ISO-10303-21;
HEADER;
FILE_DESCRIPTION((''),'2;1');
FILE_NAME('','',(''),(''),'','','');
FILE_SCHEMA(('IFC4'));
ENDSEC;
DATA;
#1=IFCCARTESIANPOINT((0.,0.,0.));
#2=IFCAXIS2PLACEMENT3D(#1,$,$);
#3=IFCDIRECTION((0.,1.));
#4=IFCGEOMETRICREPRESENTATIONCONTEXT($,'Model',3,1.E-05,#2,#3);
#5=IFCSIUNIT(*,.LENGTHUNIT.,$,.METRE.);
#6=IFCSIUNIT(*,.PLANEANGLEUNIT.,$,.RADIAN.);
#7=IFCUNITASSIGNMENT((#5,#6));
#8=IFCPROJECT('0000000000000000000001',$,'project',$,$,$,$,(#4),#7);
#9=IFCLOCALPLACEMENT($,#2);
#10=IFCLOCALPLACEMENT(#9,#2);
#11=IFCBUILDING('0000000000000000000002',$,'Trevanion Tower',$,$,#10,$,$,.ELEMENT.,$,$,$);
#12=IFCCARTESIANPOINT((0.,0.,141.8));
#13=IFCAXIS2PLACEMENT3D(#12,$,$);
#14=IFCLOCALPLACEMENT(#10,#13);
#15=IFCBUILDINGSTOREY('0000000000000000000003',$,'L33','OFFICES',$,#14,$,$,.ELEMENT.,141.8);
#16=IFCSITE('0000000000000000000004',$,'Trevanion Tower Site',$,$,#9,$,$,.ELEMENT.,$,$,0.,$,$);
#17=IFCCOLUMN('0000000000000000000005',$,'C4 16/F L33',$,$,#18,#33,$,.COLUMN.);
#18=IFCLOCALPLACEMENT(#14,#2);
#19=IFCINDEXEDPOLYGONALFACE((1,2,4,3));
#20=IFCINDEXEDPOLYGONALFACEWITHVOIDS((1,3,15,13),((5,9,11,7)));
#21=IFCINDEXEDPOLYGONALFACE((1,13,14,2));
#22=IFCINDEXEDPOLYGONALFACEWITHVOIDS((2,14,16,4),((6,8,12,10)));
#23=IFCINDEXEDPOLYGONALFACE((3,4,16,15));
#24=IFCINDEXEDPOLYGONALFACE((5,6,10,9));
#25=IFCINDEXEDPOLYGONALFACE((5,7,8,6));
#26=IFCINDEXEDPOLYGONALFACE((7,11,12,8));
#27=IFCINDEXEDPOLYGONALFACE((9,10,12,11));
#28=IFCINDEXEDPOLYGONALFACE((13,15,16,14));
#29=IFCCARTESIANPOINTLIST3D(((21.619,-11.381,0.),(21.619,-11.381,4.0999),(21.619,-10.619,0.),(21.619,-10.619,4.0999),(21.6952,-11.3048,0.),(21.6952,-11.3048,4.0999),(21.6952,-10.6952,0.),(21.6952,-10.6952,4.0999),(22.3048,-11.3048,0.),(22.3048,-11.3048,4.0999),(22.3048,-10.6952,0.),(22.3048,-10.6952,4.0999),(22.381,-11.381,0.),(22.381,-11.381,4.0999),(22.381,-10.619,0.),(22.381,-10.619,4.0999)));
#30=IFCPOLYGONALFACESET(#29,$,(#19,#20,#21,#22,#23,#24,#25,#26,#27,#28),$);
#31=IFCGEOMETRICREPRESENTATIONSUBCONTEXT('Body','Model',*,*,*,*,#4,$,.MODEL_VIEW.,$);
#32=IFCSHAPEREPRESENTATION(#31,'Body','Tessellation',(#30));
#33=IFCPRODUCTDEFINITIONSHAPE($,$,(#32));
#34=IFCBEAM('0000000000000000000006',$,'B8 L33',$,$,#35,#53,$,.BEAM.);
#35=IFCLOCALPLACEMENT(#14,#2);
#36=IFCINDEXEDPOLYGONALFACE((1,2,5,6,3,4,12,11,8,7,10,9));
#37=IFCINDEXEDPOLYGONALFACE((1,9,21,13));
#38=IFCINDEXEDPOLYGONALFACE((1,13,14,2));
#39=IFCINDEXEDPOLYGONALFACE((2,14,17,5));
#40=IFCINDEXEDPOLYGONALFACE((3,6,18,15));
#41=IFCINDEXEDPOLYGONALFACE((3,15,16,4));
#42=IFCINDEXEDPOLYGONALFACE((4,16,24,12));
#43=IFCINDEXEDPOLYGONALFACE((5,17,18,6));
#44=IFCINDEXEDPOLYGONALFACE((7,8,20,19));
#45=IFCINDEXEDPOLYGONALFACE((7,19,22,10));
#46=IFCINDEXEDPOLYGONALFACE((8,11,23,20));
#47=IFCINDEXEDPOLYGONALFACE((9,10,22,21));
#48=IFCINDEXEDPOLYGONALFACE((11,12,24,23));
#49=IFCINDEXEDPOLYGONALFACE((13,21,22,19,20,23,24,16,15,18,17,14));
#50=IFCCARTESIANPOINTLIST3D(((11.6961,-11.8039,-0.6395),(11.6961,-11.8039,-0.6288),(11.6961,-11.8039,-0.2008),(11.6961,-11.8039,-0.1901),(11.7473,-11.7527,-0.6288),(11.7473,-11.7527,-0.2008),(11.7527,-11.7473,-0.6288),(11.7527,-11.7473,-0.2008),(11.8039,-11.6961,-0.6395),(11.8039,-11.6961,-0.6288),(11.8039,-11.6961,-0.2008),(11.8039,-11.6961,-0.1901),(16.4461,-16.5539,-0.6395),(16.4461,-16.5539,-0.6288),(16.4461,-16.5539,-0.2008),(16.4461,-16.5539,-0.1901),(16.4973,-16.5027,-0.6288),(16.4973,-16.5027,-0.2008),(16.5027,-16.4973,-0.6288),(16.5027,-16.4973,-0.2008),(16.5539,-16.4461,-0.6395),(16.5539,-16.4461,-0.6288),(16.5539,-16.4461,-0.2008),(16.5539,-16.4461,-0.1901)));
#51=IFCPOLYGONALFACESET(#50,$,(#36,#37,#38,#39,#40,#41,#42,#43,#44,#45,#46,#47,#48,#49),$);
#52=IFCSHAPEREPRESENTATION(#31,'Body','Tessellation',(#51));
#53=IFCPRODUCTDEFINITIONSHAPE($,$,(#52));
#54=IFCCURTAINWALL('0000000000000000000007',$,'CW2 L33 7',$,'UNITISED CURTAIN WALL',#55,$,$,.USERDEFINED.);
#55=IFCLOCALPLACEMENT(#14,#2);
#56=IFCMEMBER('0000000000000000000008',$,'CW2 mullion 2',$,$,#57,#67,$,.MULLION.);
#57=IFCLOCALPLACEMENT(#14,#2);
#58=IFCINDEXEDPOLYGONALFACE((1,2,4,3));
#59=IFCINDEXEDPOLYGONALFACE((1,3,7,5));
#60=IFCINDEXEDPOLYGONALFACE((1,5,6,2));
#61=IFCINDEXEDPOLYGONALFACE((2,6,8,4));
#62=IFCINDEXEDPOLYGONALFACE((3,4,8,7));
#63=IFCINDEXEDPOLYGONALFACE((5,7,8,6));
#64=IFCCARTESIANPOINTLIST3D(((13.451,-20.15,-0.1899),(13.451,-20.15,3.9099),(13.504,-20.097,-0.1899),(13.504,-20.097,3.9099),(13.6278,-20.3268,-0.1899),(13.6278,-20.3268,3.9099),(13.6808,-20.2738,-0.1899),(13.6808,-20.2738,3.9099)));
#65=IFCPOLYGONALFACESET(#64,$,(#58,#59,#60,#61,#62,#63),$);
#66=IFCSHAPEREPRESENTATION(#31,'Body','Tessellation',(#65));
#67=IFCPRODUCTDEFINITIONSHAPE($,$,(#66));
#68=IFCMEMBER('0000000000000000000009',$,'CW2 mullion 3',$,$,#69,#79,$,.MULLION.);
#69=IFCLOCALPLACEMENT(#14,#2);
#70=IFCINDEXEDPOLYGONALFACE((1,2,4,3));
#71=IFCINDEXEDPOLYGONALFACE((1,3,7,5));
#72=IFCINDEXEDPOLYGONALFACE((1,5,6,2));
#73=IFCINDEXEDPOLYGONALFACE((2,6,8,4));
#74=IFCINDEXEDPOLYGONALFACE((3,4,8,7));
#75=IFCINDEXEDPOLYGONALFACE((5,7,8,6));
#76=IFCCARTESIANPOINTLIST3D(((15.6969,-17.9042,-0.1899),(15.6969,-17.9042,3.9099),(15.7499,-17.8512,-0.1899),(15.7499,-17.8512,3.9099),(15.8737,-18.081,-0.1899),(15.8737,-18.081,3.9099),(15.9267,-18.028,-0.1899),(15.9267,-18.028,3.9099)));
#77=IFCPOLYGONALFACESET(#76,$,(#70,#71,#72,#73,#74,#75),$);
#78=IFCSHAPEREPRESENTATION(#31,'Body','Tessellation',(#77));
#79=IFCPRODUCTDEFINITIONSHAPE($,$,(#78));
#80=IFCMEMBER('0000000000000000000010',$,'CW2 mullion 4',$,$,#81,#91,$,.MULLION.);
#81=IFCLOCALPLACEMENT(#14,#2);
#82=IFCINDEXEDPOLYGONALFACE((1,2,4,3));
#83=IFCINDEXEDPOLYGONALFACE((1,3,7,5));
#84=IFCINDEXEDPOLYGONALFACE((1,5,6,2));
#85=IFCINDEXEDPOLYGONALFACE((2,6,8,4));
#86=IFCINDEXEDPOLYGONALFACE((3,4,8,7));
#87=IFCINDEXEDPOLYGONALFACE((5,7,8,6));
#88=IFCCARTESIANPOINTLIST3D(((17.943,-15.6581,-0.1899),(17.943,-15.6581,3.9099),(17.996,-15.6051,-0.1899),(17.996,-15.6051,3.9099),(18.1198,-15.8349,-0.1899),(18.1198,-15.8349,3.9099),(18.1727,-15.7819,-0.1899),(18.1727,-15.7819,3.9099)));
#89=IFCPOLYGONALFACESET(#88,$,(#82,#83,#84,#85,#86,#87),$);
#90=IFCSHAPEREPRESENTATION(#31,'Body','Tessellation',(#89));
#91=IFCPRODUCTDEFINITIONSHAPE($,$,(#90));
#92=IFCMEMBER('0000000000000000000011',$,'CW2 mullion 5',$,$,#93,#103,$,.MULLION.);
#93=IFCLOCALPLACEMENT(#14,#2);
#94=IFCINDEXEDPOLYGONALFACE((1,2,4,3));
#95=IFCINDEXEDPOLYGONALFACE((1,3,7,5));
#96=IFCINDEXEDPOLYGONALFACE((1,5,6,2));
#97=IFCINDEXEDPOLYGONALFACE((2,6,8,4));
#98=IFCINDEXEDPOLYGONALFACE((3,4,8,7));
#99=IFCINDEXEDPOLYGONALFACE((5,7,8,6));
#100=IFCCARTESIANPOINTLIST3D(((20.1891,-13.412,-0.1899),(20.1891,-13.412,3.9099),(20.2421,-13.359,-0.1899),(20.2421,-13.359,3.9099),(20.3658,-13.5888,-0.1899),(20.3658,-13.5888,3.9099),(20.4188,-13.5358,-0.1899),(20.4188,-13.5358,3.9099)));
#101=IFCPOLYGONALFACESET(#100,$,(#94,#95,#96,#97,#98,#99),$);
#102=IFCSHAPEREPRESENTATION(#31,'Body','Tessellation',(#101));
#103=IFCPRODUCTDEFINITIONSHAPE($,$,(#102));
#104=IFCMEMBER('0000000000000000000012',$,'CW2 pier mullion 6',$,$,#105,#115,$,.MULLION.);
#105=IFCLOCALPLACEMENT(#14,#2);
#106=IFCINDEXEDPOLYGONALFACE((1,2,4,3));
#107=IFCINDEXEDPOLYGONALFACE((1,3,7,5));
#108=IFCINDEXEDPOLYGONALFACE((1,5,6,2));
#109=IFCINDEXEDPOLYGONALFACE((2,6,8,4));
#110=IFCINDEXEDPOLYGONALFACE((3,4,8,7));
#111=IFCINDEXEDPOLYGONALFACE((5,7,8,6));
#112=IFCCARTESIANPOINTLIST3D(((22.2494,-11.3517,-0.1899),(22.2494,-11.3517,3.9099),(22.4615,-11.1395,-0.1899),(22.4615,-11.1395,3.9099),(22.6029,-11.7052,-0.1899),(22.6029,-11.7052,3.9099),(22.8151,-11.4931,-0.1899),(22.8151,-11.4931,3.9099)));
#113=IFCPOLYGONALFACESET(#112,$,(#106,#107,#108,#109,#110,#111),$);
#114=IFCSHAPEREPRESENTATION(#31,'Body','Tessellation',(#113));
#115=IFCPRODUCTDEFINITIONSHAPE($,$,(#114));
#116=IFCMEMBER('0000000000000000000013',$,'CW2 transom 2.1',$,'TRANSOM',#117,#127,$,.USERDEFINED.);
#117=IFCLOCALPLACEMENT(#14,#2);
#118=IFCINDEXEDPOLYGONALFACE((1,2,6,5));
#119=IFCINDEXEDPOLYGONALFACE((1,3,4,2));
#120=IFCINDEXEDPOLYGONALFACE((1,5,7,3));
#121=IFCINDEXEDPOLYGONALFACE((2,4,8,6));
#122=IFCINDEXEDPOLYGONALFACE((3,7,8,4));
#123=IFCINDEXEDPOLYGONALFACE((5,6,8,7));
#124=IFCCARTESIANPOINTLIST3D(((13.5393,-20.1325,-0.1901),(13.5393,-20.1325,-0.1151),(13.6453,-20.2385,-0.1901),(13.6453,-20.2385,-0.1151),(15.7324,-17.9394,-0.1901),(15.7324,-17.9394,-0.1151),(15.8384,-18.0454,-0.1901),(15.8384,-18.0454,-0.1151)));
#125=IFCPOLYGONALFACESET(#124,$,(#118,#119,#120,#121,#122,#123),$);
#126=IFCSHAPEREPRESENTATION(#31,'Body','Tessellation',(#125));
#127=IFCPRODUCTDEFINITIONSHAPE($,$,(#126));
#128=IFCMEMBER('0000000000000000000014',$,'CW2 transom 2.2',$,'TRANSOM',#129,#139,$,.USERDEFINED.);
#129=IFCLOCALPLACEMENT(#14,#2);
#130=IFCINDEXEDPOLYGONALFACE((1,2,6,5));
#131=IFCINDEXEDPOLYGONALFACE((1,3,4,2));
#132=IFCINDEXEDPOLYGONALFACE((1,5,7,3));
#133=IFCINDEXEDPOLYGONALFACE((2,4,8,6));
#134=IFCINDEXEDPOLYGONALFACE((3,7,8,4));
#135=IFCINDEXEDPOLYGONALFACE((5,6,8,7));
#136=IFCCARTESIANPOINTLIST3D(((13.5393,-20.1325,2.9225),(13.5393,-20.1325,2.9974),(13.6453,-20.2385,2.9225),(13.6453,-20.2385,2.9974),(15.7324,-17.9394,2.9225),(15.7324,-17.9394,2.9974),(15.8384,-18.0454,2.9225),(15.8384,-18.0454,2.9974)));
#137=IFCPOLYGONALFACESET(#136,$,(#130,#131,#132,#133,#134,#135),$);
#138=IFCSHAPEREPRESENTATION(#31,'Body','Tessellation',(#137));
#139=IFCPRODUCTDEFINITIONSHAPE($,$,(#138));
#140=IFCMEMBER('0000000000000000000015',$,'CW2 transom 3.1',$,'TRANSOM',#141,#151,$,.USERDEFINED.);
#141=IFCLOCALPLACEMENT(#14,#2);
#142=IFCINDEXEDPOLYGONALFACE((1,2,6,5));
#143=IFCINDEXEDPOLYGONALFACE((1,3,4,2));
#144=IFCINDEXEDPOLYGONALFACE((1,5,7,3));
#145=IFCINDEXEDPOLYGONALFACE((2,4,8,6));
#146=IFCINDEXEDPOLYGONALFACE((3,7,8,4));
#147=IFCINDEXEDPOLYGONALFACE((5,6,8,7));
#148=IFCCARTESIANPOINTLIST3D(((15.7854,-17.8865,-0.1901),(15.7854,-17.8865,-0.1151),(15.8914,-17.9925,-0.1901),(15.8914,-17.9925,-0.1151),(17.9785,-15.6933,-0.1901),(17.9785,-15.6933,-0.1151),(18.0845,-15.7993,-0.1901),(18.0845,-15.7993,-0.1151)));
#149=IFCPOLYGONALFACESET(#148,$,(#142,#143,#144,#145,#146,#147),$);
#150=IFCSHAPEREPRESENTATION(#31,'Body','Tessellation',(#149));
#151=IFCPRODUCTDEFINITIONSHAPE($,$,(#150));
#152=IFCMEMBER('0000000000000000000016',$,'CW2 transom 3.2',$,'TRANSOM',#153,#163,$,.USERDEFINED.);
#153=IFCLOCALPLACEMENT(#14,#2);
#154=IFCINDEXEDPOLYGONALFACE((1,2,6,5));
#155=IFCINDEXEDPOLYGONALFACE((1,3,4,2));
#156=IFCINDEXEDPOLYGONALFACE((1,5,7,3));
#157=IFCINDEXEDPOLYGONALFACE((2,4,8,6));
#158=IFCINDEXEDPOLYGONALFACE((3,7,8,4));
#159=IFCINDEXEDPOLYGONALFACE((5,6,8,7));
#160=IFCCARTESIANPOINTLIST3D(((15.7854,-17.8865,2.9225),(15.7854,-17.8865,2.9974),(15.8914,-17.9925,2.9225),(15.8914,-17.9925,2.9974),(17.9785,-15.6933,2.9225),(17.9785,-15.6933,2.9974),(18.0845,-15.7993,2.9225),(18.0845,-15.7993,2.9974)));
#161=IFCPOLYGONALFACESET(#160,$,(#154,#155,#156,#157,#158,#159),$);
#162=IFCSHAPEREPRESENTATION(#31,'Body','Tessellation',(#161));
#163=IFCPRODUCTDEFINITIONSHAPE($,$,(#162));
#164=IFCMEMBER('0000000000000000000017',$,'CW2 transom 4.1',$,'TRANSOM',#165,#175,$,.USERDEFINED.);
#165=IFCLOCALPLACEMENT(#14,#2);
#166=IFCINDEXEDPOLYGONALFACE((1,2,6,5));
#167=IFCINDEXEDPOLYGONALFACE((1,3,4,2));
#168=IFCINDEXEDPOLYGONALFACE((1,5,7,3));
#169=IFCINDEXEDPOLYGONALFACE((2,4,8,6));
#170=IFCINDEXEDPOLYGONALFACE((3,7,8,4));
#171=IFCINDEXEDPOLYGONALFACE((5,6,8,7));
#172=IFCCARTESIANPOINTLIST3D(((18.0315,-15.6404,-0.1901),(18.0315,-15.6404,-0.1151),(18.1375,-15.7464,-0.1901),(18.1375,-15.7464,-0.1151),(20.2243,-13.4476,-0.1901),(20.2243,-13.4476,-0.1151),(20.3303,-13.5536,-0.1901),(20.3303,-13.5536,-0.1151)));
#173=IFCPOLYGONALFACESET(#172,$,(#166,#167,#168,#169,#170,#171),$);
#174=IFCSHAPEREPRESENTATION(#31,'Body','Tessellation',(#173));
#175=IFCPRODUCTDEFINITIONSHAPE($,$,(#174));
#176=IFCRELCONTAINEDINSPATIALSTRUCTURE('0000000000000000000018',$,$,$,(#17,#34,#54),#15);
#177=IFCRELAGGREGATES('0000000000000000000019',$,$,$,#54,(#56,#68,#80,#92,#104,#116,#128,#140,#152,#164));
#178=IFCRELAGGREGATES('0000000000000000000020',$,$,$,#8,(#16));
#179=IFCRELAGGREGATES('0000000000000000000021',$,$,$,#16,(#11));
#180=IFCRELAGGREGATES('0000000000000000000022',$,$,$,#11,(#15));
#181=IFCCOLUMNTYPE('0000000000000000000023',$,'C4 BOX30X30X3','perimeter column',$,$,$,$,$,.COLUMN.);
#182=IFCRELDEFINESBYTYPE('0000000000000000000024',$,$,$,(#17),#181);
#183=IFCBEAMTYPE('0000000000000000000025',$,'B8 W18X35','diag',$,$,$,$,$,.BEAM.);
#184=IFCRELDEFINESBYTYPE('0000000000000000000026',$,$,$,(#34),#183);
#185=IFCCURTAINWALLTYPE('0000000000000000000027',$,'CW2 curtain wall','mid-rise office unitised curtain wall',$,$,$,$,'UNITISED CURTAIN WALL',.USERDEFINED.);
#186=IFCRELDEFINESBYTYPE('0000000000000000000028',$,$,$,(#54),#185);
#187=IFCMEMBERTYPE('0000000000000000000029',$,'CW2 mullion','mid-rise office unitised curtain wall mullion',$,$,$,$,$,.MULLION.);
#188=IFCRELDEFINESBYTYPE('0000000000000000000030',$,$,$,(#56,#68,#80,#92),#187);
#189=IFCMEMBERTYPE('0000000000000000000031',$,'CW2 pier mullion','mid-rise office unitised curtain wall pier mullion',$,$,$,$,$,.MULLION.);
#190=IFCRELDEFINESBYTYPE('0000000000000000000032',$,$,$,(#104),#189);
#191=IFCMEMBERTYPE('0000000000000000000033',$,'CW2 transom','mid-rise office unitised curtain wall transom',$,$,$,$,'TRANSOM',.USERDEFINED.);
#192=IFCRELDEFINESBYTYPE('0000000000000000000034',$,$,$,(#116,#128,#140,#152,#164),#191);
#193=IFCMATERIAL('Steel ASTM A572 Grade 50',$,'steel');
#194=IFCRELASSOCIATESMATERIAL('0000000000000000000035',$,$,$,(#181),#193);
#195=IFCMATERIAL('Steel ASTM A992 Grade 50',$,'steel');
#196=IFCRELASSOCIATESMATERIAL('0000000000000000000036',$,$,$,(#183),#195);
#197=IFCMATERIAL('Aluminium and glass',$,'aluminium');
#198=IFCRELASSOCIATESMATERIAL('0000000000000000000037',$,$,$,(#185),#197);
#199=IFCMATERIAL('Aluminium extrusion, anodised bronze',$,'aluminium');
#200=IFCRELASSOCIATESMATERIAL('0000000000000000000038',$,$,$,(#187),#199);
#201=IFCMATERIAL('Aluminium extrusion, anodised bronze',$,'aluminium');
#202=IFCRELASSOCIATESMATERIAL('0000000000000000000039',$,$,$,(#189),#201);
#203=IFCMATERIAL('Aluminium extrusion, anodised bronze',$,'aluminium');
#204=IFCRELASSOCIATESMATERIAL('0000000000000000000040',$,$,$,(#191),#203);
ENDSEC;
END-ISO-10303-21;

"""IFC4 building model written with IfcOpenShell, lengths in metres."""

from ifc_helpers import new_model, si_unit, direction, frame, origin, origin_2d, place, context, subcontext, project, spatial, rectangle, hollow_rectangle, i_section, extrude, material, material_profile, profile_set, type_object, element, aggregate, save


model = new_model("IFC4")

# Units and contexts
model_context = context("Model", 3, precision=1e-05, world=origin(), true_north=direction((0.0, 1.0)))
body_context = subcontext(model_context, "Body", "Model", "MODEL_VIEW")
ifc_project = project(units=[si_unit("LENGTHUNIT", "METRE"), si_unit("PLANEANGLEUNIT", "RADIAN")], contexts=[model_context])

# Site, building, storey
site_placement = place(None, origin())
site = spatial("IfcSite", under=ifc_project, at=site_placement, Name="Trevanion Tower Site", CompositionType="ELEMENT", RefElevation=0.0)
building_placement = place(site_placement, origin())
building = spatial("IfcBuilding", under=site, at=building_placement, Name="Trevanion Tower", CompositionType="ELEMENT")
storey_placement = place(building_placement, frame((0.0, 0.0, 141.8)))
storey = spatial("IfcBuildingStorey", under=building, at=storey_placement, Name="L33", Description="OFFICES", CompositionType="ELEMENT", Elevation=141.8)

# Column
ifc_material_1 = material(Name="Steel ASTM A572 Grade 50", Category="steel")
ifc_material_profile_1 = material_profile(ifc_material_1, hollow_rectangle(XDim=0.762, YDim=0.762, WallThickness=0.0762, at=origin_2d()), Name="BOX30X30X3")
ifc_profile_set_1 = profile_set([ifc_material_profile_1], Name="Steel ASTM A572 Grade 50")
column_type = type_object("IfcColumnType", Name="C4 BOX30X30X3", Description="perimeter column", PredefinedType="COLUMN", material=ifc_profile_set_1)
column_placement = place(storey_placement, frame((22.0, -11.0, 0.0), z_axis=(0.0, 0.0, 1.0), x_axis=(0.0, 1.0, 0.0)))
element("IfcColumn", 1, at=column_placement, inside=storey, type_object=column_type, Name="C4 16/F L33", PredefinedType="COLUMN", context=body_context, shape_type="SweptSolid", body=[
    extrude(hollow_rectangle(XDim=0.762, YDim=0.762, WallThickness=0.0762, at=origin_2d()), origin(), (0.0, 0.0, 1.0), 4.0999),
])

# Beam
ifc_material_2 = material(Name="Steel ASTM A992 Grade 50", Category="steel")
ifc_material_profile_2 = material_profile(ifc_material_2, i_section(OverallWidth=0.1523, OverallDepth=0.4495, WebThickness=0.0076, FlangeThickness=0.0107, at=origin_2d()), Name="W18X35")
ifc_profile_set_2 = profile_set([ifc_material_profile_2], Name="Steel ASTM A992 Grade 50")
beam_type_1 = type_object("IfcBeamType", Name="B8 W18X35", Description="diag", PredefinedType="BEAM", material=ifc_profile_set_2)
beam_1_placement = place(storey_placement, frame((11.75, -11.75, -0.4148), z_axis=(0.707107, -0.707107, 0.0), x_axis=(0.707107, 0.707107, 0.0)))
element("IfcBeam", 2, at=beam_1_placement, inside=storey, type_object=beam_type_1, Name="B8 L33", PredefinedType="BEAM", context=body_context, shape_type="SweptSolid", body=[
    extrude(i_section(OverallWidth=0.1523, OverallDepth=0.4495, WebThickness=0.0076, FlangeThickness=0.0107, at=origin_2d()), origin(), (0.0, 0.0, 1.0), 6.7175),
])

# Curtain wall, members
ifc_material_3 = material(Name="Aluminium and glass", Category="aluminium")
curtain_wall_type = type_object("IfcCurtainWallType", Name="CW2 curtain wall", Description="mid-rise office unitised curtain wall", ElementType="UNITISED CURTAIN WALL", PredefinedType="USERDEFINED", material=ifc_material_3)
curtain_wall_placement = place(storey_placement, origin())
curtain_wall = element("IfcCurtainWall", 3, at=curtain_wall_placement, inside=storey, type_object=curtain_wall_type, Name="CW2 L33 7", ObjectType="UNITISED CURTAIN WALL", PredefinedType="USERDEFINED")
ifc_material_4 = material(Name="Aluminium extrusion, anodised bronze", Category="aluminium")
ifc_material_profile_3 = material_profile(ifc_material_4, rectangle(XDim=0.075, YDim=0.25, at=origin_2d()), Name="CW2 mullion")
ifc_profile_set_3 = profile_set([ifc_material_profile_3], Name="Aluminium extrusion, anodised bronze")
member_type_1 = type_object("IfcMemberType", Name="CW2 mullion", Description="mid-rise office unitised curtain wall mullion", PredefinedType="MULLION", material=ifc_profile_set_3)
member_1_placement = place(storey_placement, frame((13.5659, -20.2119, -0.1899), z_axis=(0.0, 0.0, 1.0), x_axis=(0.707107, 0.707107, 0.0)))
member_1 = element("IfcMember", 4, at=member_1_placement, type_object=member_type_1, Name="CW2 mullion 2", PredefinedType="MULLION", context=body_context, shape_type="SweptSolid", body=[
    extrude(rectangle(XDim=0.075, YDim=0.25, at=origin_2d()), origin(), (0.0, 0.0, 1.0), 4.0999),
])
member_2_placement = place(storey_placement, frame((15.8118, -17.9661, -0.1899), z_axis=(0.0, 0.0, 1.0), x_axis=(0.707107, 0.707107, 0.0)))
member_2 = element("IfcMember", 5, at=member_2_placement, type_object=member_type_1, Name="CW2 mullion 3", PredefinedType="MULLION", context=body_context, shape_type="SweptSolid", body=[
    extrude(rectangle(XDim=0.075, YDim=0.25, at=origin_2d()), origin(), (0.0, 0.0, 1.0), 4.0999),
])
member_3_placement = place(storey_placement, frame((18.0579, -15.72, -0.1899), z_axis=(0.0, 0.0, 1.0), x_axis=(0.707107, 0.707107, 0.0)))
member_3 = element("IfcMember", 6, at=member_3_placement, type_object=member_type_1, Name="CW2 mullion 4", PredefinedType="MULLION", context=body_context, shape_type="SweptSolid", body=[
    extrude(rectangle(XDim=0.075, YDim=0.25, at=origin_2d()), origin(), (0.0, 0.0, 1.0), 4.0999),
])
member_4_placement = place(storey_placement, frame((20.304, -13.4739, -0.1899), z_axis=(0.0, 0.0, 1.0), x_axis=(0.707107, 0.707107, 0.0)))
member_4 = element("IfcMember", 7, at=member_4_placement, type_object=member_type_1, Name="CW2 mullion 5", PredefinedType="MULLION", context=body_context, shape_type="SweptSolid", body=[
    extrude(rectangle(XDim=0.075, YDim=0.25, at=origin_2d()), origin(), (0.0, 0.0, 1.0), 4.0999),
])
ifc_material_5 = material(Name="Aluminium extrusion, anodised bronze", Category="aluminium")
ifc_material_profile_4 = material_profile(ifc_material_5, rectangle(XDim=0.3, YDim=0.5, at=origin_2d()), Name="CW2 pier mullion")
ifc_profile_set_4 = profile_set([ifc_material_profile_4], Name="Aluminium extrusion, anodised bronze")
member_type_2 = type_object("IfcMemberType", Name="CW2 pier mullion", Description="mid-rise office unitised curtain wall pier mullion", PredefinedType="MULLION", material=ifc_profile_set_4)
member_5_placement = place(storey_placement, frame((22.5322, -11.4224, -0.1899), z_axis=(0.0, 0.0, 1.0), x_axis=(0.707107, 0.707107, 0.0)))
member_5 = element("IfcMember", 8, at=member_5_placement, type_object=member_type_2, Name="CW2 pier mullion 6", PredefinedType="MULLION", context=body_context, shape_type="SweptSolid", body=[
    extrude(rectangle(XDim=0.3, YDim=0.5, at=origin_2d()), origin(), (0.0, 0.0, 1.0), 4.0999),
])
ifc_material_6 = material(Name="Aluminium extrusion, anodised bronze", Category="aluminium")
ifc_material_profile_5 = material_profile(ifc_material_6, rectangle(XDim=0.1499, YDim=0.075, at=origin_2d()), Name="CW2 transom")
ifc_profile_set_5 = profile_set([ifc_material_profile_5], Name="Aluminium extrusion, anodised bronze")
member_type_3 = type_object("IfcMemberType", Name="CW2 transom", Description="mid-rise office unitised curtain wall transom", ElementType="TRANSOM", PredefinedType="USERDEFINED", material=ifc_profile_set_5)
member_6_placement = place(storey_placement, frame((13.5923, -20.1855, -0.1526), z_axis=(0.707107, 0.707107, 0.0), x_axis=(-0.707107, 0.707107, 0.0)))
member_6 = element("IfcMember", 9, at=member_6_placement, type_object=member_type_3, Name="CW2 transom 2.1", ObjectType="TRANSOM", PredefinedType="USERDEFINED", context=body_context, shape_type="SweptSolid", body=[
    extrude(rectangle(XDim=0.1499, YDim=0.075, at=origin_2d()), origin(), (0.0, 0.0, 1.0), 3.1016),
])
member_7_placement = place(storey_placement, frame((13.5923, -20.1855, 2.96), z_axis=(0.707107, 0.707107, 0.0), x_axis=(-0.707107, 0.707107, 0.0)))
member_7 = element("IfcMember", 10, at=member_7_placement, type_object=member_type_3, Name="CW2 transom 2.2", ObjectType="TRANSOM", PredefinedType="USERDEFINED", context=body_context, shape_type="SweptSolid", body=[
    extrude(rectangle(XDim=0.1499, YDim=0.075, at=origin_2d()), origin(), (0.0, 0.0, 1.0), 3.1016),
])
member_8_placement = place(storey_placement, frame((15.8384, -17.9395, -0.1526), z_axis=(0.707107, 0.707107, 0.0), x_axis=(-0.707107, 0.707107, 0.0)))
member_8 = element("IfcMember", 11, at=member_8_placement, type_object=member_type_3, Name="CW2 transom 3.1", ObjectType="TRANSOM", PredefinedType="USERDEFINED", context=body_context, shape_type="SweptSolid", body=[
    extrude(rectangle(XDim=0.1499, YDim=0.075, at=origin_2d()), origin(), (0.0, 0.0, 1.0), 3.1016),
])
member_9_placement = place(storey_placement, frame((15.8384, -17.9395, 2.96), z_axis=(0.707107, 0.707107, 0.0), x_axis=(-0.707107, 0.707107, 0.0)))
member_9 = element("IfcMember", 12, at=member_9_placement, type_object=member_type_3, Name="CW2 transom 3.2", ObjectType="TRANSOM", PredefinedType="USERDEFINED", context=body_context, shape_type="SweptSolid", body=[
    extrude(rectangle(XDim=0.1499, YDim=0.075, at=origin_2d()), origin(), (0.0, 0.0, 1.0), 3.1016),
])
member_10_placement = place(storey_placement, frame((18.0845, -15.6934, -0.1526), z_axis=(0.707107, 0.707107, 0.0), x_axis=(-0.707107, 0.707107, 0.0)))
member_10 = element("IfcMember", 13, at=member_10_placement, type_object=member_type_3, Name="CW2 transom 4.1", ObjectType="TRANSOM", PredefinedType="USERDEFINED", context=body_context, shape_type="SweptSolid", body=[
    extrude(rectangle(XDim=0.1499, YDim=0.075, at=origin_2d()), origin(), (0.0, 0.0, 1.0), 3.1011),
])

aggregate(curtain_wall, [member_1, member_2, member_3, member_4, member_5, member_6, member_7, member_8, member_9, member_10])

save(model, "model.ifc")
